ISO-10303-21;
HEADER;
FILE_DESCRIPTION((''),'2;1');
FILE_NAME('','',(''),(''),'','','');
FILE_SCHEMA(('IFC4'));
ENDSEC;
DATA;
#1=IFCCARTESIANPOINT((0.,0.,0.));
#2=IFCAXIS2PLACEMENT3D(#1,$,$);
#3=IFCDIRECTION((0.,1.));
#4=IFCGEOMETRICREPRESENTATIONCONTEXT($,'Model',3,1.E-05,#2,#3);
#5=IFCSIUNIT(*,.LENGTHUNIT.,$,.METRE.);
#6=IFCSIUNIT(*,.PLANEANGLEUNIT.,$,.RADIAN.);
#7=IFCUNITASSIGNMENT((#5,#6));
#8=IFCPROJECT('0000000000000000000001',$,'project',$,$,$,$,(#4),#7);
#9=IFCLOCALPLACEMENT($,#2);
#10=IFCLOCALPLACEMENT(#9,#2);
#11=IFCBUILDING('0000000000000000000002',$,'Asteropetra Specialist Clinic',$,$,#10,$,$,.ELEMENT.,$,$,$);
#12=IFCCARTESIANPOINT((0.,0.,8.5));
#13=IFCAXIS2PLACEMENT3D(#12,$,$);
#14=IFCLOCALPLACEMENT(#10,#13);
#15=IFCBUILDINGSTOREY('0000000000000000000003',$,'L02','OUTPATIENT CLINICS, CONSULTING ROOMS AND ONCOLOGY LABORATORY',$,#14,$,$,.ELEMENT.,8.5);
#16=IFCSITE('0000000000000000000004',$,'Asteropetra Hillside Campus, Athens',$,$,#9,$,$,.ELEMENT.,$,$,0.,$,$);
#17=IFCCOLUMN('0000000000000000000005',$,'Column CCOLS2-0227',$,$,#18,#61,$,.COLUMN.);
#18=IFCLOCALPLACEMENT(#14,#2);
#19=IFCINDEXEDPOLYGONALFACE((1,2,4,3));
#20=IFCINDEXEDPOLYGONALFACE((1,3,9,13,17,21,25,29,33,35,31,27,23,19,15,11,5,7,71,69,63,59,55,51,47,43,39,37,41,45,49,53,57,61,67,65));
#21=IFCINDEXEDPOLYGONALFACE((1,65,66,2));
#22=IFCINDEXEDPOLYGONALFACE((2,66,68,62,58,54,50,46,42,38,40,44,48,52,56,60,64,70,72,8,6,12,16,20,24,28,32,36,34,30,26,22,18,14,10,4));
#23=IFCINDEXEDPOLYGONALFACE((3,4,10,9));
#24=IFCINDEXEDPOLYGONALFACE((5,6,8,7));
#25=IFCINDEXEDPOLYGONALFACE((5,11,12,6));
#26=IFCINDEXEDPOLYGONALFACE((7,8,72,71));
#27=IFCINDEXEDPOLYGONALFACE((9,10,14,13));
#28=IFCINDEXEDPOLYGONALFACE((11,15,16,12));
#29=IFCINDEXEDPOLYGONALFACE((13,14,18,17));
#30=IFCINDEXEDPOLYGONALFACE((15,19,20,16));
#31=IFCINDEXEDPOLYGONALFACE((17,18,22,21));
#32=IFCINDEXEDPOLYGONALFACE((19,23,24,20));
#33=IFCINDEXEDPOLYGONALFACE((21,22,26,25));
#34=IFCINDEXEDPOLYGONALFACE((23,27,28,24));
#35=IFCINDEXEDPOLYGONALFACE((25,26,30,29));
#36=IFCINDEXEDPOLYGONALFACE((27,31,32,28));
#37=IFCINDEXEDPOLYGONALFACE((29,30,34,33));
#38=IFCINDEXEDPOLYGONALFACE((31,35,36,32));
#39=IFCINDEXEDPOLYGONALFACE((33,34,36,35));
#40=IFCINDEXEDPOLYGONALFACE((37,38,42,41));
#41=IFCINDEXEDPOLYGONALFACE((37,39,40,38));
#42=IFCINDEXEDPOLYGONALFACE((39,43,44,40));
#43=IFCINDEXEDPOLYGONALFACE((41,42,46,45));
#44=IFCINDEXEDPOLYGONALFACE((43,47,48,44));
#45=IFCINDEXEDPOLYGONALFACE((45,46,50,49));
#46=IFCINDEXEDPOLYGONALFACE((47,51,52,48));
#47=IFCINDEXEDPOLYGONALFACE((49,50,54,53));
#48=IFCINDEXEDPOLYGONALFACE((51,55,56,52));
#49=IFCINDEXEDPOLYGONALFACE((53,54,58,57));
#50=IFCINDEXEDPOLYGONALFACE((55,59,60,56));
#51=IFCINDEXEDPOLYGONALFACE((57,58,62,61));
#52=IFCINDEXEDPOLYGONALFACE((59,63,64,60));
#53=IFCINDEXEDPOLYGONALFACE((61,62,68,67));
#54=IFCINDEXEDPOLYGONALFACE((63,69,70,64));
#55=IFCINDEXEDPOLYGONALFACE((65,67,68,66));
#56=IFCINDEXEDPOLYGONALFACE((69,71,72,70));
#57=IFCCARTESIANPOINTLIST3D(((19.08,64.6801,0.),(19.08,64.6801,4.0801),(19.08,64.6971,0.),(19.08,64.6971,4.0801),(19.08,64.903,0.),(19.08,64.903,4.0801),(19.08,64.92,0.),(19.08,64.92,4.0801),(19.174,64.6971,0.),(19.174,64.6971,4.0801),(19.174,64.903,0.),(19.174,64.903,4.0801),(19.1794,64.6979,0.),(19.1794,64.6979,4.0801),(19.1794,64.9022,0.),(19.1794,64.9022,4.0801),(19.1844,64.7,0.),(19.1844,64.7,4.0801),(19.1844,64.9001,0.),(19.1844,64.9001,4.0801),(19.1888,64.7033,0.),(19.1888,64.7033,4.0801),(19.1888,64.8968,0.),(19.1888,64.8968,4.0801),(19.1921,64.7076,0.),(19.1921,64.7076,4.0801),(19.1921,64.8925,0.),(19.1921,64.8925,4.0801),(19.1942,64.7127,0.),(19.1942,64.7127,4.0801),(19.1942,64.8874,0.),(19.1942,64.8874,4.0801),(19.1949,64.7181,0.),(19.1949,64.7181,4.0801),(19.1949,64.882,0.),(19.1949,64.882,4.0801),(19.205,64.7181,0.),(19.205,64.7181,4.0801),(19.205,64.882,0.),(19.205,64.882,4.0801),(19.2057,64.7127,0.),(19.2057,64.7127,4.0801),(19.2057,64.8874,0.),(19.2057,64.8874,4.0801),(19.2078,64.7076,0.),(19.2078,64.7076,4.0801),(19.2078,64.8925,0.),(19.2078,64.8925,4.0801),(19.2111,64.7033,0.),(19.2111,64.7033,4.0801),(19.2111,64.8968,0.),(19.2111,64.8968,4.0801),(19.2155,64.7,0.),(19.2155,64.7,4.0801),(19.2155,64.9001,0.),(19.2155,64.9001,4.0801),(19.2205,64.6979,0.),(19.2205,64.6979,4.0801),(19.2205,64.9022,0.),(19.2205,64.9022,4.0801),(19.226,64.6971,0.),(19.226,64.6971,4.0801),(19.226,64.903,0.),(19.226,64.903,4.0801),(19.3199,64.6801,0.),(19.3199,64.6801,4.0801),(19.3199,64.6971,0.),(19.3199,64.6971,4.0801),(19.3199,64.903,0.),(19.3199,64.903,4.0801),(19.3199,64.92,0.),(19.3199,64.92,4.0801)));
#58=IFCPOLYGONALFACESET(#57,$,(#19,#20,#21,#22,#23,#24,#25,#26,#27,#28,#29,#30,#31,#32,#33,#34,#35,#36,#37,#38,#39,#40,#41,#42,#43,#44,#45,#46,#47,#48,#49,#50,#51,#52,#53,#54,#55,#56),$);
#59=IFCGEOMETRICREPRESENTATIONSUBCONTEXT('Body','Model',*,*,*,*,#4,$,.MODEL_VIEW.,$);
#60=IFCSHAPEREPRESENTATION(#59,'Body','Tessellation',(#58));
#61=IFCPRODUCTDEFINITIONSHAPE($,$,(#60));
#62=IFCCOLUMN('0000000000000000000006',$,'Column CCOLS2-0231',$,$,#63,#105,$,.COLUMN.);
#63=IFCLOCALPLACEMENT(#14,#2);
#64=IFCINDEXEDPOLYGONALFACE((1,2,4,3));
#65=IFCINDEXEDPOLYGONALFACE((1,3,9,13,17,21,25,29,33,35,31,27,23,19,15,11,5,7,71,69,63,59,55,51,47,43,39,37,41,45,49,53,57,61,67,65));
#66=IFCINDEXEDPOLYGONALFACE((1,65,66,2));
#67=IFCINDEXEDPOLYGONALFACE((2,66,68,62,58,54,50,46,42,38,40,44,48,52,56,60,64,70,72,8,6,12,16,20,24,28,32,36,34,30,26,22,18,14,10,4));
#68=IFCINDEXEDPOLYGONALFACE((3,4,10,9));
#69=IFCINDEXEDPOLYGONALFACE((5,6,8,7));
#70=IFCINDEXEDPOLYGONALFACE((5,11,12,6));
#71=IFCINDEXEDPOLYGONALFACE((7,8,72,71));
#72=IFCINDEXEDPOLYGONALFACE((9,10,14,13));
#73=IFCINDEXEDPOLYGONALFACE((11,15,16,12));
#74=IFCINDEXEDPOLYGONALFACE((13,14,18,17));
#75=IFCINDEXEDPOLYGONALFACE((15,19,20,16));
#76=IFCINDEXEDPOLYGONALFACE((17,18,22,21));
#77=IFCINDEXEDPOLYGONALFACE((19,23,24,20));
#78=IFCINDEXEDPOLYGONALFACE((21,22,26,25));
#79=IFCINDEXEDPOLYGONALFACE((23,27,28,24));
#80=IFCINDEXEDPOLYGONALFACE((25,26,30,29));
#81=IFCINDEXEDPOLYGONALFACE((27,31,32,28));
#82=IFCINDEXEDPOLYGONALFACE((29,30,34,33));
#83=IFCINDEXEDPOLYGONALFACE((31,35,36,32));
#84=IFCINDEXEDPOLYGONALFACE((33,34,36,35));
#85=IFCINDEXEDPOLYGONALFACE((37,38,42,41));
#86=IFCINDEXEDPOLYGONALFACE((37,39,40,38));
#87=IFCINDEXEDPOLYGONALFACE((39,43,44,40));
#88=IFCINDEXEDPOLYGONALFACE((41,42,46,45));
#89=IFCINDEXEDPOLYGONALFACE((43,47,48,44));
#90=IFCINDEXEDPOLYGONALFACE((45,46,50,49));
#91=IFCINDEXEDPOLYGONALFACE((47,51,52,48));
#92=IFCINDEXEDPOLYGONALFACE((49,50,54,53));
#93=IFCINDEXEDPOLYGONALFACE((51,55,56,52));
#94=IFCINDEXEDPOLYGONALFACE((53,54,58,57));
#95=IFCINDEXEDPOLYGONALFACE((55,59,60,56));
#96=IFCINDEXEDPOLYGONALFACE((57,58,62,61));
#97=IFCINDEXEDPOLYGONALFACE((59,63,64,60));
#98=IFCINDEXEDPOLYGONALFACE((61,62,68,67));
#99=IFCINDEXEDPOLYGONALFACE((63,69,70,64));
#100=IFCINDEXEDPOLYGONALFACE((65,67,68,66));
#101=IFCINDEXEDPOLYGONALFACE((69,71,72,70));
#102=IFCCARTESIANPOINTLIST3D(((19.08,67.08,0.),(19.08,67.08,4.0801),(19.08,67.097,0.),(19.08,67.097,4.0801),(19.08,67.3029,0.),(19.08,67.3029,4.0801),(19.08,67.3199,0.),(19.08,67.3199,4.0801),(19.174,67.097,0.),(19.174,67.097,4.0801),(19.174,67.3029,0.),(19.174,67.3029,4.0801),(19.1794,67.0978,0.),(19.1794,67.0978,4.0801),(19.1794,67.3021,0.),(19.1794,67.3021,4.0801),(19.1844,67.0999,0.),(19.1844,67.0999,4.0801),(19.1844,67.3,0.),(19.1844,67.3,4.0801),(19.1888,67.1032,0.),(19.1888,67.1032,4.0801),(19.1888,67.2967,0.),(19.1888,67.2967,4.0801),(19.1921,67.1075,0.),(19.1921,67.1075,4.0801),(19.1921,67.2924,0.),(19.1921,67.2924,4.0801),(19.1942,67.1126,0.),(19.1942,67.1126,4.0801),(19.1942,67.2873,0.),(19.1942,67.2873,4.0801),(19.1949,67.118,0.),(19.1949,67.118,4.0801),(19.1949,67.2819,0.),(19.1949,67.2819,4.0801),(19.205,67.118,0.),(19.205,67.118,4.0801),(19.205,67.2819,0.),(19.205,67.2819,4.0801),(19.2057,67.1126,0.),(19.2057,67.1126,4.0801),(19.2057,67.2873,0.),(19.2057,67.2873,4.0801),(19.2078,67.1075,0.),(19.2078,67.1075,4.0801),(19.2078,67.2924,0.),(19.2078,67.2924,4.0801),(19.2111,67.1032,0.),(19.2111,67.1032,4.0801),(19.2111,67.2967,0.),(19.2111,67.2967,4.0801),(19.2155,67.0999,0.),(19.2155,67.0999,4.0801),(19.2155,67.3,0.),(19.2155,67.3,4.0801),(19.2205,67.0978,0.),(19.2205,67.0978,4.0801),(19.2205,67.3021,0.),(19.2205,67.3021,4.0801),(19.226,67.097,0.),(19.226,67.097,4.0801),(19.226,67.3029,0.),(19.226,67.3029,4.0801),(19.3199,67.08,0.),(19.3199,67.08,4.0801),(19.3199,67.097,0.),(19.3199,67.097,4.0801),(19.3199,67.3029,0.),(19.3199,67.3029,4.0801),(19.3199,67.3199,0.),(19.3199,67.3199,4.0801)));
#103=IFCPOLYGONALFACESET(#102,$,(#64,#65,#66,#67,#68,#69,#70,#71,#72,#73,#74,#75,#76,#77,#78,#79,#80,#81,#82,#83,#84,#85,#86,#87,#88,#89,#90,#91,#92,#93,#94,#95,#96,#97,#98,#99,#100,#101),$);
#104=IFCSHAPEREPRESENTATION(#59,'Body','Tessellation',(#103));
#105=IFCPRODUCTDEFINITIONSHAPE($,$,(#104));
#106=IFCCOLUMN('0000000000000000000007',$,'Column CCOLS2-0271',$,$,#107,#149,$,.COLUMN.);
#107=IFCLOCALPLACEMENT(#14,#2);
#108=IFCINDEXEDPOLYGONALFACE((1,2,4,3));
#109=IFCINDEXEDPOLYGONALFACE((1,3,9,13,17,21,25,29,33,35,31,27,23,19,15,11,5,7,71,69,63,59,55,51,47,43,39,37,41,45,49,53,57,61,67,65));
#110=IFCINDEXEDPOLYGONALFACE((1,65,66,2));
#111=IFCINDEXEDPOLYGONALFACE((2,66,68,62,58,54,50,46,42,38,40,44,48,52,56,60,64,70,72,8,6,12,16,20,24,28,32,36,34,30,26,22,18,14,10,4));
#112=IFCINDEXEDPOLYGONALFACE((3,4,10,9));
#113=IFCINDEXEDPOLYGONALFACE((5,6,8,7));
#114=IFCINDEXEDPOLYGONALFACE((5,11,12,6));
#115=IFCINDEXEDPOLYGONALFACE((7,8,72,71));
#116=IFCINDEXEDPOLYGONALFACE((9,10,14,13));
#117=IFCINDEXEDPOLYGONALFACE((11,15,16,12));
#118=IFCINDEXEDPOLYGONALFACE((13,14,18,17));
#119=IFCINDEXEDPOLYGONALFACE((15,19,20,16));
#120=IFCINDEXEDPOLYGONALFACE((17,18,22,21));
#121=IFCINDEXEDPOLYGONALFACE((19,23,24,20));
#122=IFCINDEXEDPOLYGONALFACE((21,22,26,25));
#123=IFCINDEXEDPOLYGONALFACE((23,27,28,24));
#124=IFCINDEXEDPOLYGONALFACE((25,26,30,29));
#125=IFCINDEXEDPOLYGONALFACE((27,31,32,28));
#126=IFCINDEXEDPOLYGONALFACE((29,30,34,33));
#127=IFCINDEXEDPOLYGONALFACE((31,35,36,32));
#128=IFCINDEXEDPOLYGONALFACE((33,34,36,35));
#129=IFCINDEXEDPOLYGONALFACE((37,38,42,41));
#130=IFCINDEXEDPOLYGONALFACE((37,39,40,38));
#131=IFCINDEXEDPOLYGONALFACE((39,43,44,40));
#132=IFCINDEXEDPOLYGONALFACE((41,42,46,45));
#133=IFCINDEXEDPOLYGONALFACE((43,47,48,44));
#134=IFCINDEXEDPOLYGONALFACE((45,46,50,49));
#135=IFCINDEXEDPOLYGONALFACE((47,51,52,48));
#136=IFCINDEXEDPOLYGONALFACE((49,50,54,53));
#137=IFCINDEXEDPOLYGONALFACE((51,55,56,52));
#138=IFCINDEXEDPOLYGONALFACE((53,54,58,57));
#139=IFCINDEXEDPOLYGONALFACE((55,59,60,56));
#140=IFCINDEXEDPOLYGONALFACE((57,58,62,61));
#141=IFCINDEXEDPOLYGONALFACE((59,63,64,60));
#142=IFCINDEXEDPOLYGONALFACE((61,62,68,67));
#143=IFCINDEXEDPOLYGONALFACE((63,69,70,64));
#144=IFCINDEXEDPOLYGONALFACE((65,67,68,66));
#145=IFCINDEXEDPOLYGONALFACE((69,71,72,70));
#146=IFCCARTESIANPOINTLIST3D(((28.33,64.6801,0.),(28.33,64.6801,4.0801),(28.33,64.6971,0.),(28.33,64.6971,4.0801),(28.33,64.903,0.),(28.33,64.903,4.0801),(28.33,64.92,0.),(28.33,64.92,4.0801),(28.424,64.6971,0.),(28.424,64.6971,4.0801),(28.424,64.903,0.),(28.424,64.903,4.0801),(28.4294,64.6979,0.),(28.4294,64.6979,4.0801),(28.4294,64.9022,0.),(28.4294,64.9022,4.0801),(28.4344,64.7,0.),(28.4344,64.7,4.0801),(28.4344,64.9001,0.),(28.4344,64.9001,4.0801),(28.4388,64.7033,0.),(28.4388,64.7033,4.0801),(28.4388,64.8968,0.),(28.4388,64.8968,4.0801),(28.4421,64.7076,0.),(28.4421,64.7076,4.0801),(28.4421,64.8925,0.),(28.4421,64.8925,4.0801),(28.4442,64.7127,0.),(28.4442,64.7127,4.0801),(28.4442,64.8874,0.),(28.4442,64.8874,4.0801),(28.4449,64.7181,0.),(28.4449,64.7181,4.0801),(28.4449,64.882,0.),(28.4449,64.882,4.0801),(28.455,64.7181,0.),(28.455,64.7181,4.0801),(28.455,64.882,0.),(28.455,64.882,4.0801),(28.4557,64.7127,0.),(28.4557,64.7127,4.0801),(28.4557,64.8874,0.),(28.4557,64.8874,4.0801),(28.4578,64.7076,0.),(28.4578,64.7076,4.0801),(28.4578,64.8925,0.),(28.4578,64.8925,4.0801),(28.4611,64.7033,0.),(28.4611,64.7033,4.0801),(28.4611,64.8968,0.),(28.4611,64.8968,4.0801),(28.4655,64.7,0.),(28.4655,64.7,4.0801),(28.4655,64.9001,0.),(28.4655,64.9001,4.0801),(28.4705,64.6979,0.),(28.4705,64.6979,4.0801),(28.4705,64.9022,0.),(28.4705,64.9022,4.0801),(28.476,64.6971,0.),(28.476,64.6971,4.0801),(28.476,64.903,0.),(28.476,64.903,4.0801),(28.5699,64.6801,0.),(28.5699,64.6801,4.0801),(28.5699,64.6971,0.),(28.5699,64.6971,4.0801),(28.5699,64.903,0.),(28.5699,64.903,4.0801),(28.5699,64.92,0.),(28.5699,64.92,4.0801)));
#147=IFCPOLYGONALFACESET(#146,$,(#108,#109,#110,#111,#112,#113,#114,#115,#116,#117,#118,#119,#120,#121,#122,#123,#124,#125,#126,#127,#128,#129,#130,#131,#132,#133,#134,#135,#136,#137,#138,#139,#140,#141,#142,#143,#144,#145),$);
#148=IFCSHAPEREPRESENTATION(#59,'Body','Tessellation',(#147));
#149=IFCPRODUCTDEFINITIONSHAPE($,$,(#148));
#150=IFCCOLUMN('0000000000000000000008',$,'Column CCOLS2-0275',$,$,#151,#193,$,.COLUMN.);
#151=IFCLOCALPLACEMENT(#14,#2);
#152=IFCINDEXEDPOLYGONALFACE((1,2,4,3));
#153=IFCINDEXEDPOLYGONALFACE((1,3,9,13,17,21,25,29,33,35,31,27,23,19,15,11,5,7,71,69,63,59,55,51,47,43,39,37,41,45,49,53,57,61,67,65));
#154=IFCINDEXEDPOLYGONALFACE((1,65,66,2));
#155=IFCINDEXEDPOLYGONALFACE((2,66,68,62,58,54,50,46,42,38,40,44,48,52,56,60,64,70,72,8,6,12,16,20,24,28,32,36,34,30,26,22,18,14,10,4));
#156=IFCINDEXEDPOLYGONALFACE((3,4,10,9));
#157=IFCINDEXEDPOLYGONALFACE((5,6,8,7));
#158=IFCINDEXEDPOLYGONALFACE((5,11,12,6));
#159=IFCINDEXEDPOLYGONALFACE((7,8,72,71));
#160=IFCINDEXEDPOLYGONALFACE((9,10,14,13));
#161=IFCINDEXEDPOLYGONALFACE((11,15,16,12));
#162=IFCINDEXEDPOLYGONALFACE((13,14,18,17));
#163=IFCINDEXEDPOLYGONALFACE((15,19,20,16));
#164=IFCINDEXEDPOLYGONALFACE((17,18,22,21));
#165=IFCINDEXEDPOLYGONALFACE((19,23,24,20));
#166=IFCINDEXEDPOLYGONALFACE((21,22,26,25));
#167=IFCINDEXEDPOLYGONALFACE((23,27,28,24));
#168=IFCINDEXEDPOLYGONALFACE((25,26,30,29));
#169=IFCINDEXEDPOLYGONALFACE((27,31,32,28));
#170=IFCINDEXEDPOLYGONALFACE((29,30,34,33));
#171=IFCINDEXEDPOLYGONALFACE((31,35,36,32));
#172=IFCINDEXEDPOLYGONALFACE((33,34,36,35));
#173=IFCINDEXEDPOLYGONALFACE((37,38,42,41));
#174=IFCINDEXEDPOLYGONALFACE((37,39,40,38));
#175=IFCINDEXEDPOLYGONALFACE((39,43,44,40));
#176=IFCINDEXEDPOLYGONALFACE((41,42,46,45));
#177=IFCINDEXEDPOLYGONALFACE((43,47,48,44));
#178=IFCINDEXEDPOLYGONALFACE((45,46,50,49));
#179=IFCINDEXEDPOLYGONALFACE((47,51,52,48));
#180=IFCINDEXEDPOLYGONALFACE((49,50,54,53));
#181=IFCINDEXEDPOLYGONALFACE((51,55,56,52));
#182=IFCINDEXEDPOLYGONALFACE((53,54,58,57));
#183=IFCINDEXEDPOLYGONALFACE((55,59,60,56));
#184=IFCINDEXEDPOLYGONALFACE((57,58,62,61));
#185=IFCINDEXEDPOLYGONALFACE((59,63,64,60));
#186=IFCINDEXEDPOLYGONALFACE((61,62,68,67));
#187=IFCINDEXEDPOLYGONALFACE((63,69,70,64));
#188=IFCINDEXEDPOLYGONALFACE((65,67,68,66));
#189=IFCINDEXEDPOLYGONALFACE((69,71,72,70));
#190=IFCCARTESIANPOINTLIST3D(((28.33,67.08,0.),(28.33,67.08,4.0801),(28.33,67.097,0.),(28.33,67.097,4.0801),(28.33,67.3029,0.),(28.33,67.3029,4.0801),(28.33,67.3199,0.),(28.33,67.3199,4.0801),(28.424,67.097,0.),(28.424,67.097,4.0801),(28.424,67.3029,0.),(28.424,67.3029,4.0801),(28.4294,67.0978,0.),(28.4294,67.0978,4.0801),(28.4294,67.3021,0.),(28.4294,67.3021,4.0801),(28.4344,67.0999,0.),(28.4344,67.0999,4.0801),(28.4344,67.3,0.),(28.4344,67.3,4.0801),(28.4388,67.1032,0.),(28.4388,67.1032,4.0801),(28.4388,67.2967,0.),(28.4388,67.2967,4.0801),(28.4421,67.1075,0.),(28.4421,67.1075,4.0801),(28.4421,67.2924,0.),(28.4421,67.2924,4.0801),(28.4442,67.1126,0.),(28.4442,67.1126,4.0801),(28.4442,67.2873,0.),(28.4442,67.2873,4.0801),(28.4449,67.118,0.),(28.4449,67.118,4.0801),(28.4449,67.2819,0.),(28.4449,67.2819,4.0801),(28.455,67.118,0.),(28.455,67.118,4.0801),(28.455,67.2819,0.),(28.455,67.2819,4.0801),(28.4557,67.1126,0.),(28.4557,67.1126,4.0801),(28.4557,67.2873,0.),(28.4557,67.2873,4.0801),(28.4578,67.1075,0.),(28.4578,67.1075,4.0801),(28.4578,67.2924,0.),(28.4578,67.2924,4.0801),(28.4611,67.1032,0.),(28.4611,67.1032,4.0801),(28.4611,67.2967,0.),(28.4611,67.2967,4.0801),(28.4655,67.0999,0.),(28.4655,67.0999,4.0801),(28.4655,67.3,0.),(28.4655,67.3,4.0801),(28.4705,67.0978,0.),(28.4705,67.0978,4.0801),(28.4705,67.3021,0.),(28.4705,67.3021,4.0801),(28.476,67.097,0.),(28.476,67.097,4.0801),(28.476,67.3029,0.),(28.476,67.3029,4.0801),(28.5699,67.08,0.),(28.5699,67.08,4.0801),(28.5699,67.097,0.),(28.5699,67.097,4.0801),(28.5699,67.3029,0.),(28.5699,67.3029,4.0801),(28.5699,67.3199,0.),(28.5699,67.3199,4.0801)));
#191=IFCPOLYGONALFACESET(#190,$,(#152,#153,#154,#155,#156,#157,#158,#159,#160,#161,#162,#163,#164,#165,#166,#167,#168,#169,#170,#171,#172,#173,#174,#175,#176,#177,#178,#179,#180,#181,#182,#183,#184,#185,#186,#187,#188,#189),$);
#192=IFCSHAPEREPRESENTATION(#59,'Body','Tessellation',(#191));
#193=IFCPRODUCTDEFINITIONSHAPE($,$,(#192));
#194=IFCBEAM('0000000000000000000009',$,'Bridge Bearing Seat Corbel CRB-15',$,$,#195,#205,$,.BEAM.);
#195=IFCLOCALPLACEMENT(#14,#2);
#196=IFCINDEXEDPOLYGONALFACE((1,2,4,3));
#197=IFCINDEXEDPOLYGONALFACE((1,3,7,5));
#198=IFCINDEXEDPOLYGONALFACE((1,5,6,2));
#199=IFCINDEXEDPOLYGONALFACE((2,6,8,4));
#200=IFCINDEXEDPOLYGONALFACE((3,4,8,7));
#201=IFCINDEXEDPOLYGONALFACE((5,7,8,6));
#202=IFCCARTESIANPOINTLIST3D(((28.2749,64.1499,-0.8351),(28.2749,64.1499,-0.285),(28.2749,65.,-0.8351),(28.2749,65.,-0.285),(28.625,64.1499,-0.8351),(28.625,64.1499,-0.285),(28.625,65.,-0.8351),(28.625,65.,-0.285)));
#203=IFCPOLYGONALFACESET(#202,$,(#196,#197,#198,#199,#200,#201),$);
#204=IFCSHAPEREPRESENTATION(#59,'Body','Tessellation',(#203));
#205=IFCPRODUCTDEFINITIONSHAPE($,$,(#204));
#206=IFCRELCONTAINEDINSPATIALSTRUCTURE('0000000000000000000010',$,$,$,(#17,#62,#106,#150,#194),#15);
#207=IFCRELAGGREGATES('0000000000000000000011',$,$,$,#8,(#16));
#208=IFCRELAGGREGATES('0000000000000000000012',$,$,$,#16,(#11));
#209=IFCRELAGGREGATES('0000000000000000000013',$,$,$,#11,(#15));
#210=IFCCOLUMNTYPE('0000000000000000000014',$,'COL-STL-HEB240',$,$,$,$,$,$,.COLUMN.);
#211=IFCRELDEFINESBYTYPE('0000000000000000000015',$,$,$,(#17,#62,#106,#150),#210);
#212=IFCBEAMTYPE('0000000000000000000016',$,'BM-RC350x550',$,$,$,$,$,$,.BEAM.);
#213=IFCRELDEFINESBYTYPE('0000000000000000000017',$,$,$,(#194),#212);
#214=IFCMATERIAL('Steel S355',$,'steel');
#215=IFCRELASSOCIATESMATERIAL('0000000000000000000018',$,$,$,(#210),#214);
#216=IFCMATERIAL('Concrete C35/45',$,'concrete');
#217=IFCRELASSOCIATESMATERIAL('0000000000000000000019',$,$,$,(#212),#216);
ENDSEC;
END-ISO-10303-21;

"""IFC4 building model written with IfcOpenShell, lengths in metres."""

from ifc_helpers import new_model, si_unit, direction, frame, origin, origin_2d, place, context, subcontext, project, spatial, rectangle, i_section, extrude, material, material_profile, profile_set, type_object, element, save


model = new_model("IFC4")

# Units and contexts
model_context = context("Model", 3, precision=1e-05, world=origin(), true_north=direction((0.0, 1.0)))
body_context = subcontext(model_context, "Body", "Model", "MODEL_VIEW")
ifc_project = project(units=[si_unit("LENGTHUNIT", "METRE"), si_unit("PLANEANGLEUNIT", "RADIAN")], contexts=[model_context])

# Site, building, storey
site_placement = place(None, origin())
site = spatial("IfcSite", under=ifc_project, at=site_placement, Name="Asteropetra Hillside Campus, Athens", CompositionType="ELEMENT", RefElevation=0.0)
building_placement = place(site_placement, origin())
building = spatial("IfcBuilding", under=site, at=building_placement, Name="Asteropetra Specialist Clinic", CompositionType="ELEMENT")
storey_placement = place(building_placement, frame((0.0, 0.0, 8.5)))
storey = spatial("IfcBuildingStorey", under=building, at=storey_placement, Name="L02", Description="OUTPATIENT CLINICS, CONSULTING ROOMS AND ONCOLOGY LABORATORY", CompositionType="ELEMENT", Elevation=8.5)

# Columns
ifc_material_1 = material(Name="Steel S355", Category="steel")
ifc_material_profile_1 = material_profile(ifc_material_1, i_section(OverallWidth=0.24, OverallDepth=0.24, WebThickness=0.01, FlangeThickness=0.0171, FilletRadius=0.021, at=origin_2d()), Name="HEB 240")
ifc_profile_set_1 = profile_set([ifc_material_profile_1], Name="Steel S355")
column_type = type_object("IfcColumnType", Name="COL-STL-HEB240", PredefinedType="COLUMN", material=ifc_profile_set_1)
for number, where, z_axis, x_axis, name in (
    (1, (19.2, 64.8, 0.0), (0.0, 0.0, 1.0), (1.0, 0.0, 0.0), "Column CCOLS2-0227"),
    (2, (19.2, 67.2, 0.0), (0.0, 0.0, 1.0), (1.0, 0.0, 0.0), "Column CCOLS2-0231"),
    (3, (28.45, 64.8, 0.0), (0.0, 0.0, 1.0), (1.0, 0.0, 0.0), "Column CCOLS2-0271"),
    (4, (28.45, 67.2, 0.0), (0.0, 0.0, 1.0), (1.0, 0.0, 0.0), "Column CCOLS2-0275"),
):
    element("IfcColumn", number, at=place(storey_placement, frame(where, z_axis=z_axis, x_axis=x_axis)), inside=storey, type_object=column_type, Name=name, PredefinedType="COLUMN", context=body_context, shape_type="SweptSolid", body=[
        extrude(i_section(OverallWidth=0.24, OverallDepth=0.24, WebThickness=0.01, FlangeThickness=0.0171, FilletRadius=0.021, at=origin_2d()), origin(), (0.0, 0.0, 1.0), 4.0801),
    ])

# Beam
ifc_material_2 = material(Name="Concrete C35/45", Category="concrete")
ifc_material_profile_2 = material_profile(ifc_material_2, rectangle(XDim=0.3501, YDim=0.55, at=origin_2d()), Name="RCB 350x550")
ifc_profile_set_2 = profile_set([ifc_material_profile_2], Name="Concrete C35/45")
beam_type_1 = type_object("IfcBeamType", Name="BM-RC350x550", PredefinedType="BEAM", material=ifc_profile_set_2)
for number, where, z_axis, x_axis, name in (
    (5, (28.45, 65.0, -0.5601), (0.0, -1.0, 0.0), (1.0, 0.0, 0.0), "Bridge Bearing Seat Corbel CRB-15"),
):
    element("IfcBeam", number, at=place(storey_placement, frame(where, z_axis=z_axis, x_axis=x_axis)), inside=storey, type_object=beam_type_1, Name=name, PredefinedType="BEAM", context=body_context, shape_type="SweptSolid", body=[
        extrude(rectangle(XDim=0.3501, YDim=0.55, at=origin_2d()), origin(), (0.0, 0.0, 1.0), 0.8501),
    ])

save(model, "model.ifc")
